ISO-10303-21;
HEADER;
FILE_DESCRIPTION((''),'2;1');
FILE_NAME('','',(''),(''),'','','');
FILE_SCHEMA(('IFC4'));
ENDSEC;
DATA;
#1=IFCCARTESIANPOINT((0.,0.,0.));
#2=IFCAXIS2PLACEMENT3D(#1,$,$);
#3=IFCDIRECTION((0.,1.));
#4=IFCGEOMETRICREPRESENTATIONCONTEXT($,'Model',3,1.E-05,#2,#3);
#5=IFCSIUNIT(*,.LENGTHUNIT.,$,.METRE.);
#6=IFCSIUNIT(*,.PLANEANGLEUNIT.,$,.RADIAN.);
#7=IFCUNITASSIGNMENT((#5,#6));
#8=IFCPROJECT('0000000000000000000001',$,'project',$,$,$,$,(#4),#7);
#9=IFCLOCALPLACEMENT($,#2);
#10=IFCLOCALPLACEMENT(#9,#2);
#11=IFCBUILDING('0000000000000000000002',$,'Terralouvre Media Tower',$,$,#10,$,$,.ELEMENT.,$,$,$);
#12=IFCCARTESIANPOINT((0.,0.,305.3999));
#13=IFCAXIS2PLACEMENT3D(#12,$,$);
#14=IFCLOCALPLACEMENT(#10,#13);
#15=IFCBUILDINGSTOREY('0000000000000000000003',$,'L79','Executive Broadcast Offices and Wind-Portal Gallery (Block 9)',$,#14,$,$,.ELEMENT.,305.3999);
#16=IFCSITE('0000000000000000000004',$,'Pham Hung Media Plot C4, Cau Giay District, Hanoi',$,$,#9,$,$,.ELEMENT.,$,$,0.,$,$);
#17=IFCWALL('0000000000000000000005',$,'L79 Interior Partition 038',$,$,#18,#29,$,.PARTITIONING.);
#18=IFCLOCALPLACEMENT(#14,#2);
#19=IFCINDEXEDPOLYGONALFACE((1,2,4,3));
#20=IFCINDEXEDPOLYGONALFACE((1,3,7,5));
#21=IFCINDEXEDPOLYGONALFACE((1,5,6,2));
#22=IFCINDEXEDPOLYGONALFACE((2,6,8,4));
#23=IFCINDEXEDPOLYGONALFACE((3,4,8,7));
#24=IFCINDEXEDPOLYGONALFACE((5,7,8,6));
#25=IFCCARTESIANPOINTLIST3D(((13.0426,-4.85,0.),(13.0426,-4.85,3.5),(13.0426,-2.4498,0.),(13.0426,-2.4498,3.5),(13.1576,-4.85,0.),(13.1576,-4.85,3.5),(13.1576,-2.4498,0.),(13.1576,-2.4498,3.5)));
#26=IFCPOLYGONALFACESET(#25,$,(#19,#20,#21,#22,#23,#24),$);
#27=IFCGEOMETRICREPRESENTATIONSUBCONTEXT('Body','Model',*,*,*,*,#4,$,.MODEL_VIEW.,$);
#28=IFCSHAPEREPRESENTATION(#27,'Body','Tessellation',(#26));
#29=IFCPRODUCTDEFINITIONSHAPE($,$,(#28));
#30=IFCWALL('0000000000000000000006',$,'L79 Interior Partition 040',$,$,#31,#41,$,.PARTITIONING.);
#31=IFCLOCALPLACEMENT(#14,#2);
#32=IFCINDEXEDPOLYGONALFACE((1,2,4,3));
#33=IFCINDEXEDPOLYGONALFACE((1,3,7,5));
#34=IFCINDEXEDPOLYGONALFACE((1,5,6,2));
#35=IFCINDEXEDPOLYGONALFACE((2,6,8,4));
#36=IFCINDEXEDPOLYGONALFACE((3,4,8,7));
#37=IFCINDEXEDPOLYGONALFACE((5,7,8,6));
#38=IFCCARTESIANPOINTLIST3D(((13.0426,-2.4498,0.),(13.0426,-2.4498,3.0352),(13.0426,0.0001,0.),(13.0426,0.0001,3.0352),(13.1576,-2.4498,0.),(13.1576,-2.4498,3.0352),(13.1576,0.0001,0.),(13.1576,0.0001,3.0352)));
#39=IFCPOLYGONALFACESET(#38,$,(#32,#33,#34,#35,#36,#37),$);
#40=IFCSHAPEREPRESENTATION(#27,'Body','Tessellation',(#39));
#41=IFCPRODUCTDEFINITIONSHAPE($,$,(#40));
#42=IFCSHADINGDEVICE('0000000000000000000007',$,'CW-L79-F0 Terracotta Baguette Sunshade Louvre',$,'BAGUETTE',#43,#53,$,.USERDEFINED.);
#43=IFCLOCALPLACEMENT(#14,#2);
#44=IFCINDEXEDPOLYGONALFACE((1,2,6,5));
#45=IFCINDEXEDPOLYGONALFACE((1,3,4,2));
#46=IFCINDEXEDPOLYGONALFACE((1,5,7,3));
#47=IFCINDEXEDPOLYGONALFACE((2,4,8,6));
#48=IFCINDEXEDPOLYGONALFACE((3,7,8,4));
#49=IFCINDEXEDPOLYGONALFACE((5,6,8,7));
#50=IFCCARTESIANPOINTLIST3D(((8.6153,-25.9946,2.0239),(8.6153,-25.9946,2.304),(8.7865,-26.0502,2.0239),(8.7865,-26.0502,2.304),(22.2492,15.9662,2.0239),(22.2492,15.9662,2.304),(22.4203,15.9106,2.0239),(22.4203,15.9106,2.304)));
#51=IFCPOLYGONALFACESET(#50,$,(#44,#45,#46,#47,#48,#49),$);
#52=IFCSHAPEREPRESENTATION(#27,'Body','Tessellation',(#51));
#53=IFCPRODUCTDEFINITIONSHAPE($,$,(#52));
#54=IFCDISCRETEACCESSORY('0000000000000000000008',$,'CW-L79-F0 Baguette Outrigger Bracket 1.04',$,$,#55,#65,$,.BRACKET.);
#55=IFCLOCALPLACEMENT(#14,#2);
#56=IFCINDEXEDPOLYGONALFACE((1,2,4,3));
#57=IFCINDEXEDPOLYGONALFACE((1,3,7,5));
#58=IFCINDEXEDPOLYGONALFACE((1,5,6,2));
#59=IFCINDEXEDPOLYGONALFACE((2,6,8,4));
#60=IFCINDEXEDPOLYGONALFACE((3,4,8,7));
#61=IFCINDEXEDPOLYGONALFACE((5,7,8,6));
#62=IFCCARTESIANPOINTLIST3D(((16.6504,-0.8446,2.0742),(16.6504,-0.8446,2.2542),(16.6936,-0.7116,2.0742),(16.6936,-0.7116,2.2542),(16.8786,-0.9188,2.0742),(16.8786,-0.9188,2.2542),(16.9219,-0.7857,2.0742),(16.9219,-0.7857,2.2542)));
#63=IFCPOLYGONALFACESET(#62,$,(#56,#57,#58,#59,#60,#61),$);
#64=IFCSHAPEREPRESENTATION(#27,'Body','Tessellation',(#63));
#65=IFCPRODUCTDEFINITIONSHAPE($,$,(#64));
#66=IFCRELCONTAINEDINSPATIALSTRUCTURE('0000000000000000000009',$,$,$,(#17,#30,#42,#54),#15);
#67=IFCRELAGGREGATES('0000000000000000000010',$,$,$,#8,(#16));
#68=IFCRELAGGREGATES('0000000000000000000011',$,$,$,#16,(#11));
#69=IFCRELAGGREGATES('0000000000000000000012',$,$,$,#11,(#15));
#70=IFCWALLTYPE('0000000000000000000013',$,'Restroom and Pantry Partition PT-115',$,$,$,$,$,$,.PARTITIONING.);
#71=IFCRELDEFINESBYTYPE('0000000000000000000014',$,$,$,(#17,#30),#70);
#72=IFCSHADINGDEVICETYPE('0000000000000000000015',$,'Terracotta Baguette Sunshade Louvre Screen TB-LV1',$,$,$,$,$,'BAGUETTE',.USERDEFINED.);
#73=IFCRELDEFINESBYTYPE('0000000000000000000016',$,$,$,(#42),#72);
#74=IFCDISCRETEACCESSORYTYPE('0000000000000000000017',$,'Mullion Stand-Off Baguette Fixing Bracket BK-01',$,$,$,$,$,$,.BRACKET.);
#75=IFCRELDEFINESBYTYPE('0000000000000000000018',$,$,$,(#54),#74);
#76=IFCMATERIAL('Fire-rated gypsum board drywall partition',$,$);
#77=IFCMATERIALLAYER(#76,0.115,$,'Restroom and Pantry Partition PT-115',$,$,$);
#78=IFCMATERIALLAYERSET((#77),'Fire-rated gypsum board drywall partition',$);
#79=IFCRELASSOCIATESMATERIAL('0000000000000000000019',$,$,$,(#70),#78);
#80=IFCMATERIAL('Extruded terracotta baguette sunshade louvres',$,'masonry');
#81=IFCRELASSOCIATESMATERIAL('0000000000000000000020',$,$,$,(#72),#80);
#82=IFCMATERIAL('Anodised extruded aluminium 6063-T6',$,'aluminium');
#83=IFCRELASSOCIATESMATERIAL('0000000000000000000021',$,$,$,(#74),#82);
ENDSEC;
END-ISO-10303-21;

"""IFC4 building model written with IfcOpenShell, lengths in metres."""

from ifc_helpers import new_model, si_unit, direction, frame, frame_2d, origin, origin_2d, place, context, subcontext, project, spatial, rectangle, extrude, material, layer, layer_set, type_object, element, save


model = new_model("IFC4")

# Units and contexts
model_context = context("Model", 3, precision=1e-05, world=origin(), true_north=direction((0.0, 1.0)))
body_context = subcontext(model_context, "Body", "Model", "MODEL_VIEW")
ifc_project = project(units=[si_unit("LENGTHUNIT", "METRE"), si_unit("PLANEANGLEUNIT", "RADIAN")], contexts=[model_context])

# Site, building, storey
site_placement = place(None, origin())
site = spatial("IfcSite", under=ifc_project, at=site_placement, Name="Pham Hung Media Plot C4, Cau Giay District, Hanoi", CompositionType="ELEMENT", RefElevation=0.0)
building_placement = place(site_placement, origin())
building = spatial("IfcBuilding", under=site, at=building_placement, Name="Terralouvre Media Tower", CompositionType="ELEMENT")
storey_placement = place(building_placement, frame((0.0, 0.0, 305.3999)))
storey = spatial("IfcBuildingStorey", under=building, at=storey_placement, Name="L79", Description="Executive Broadcast Offices and Wind-Portal Gallery (Block 9)", CompositionType="ELEMENT", Elevation=305.3999)

# Shared definitions
ifc_material_1 = material(Name="Fire-rated gypsum board drywall partition")
ifc_layer_1 = layer(ifc_material_1, 0.115, Name="Restroom and Pantry Partition PT-115")
ifc_layer_set_1 = layer_set([ifc_layer_1], Name="Fire-rated gypsum board drywall partition")
wall_type_1 = type_object("IfcWallType", Name="Restroom and Pantry Partition PT-115", PredefinedType="PARTITIONING", material=ifc_layer_set_1)

# Walls
wall_1_placement = place(storey_placement, frame((13.1001, -4.8501, 0.0), z_axis=(0.0, 0.0, 1.0), x_axis=(0.0, 1.0, 0.0)))
element("IfcWall", 1, at=wall_1_placement, inside=storey, type_object=wall_type_1, Name="L79 Interior Partition 038", PredefinedType="PARTITIONING", context=body_context, shape_type="SweptSolid", body=[
    extrude(rectangle(XDim=2.4001, YDim=0.115, at=frame_2d((1.2002, 0.0))), origin(), (0.0, 0.0, 1.0), 3.5),
])
wall_2_placement = place(storey_placement, frame((13.1001, -2.45, 0.0), z_axis=(0.0, 0.0, 1.0), x_axis=(0.0, 1.0, 0.0)))
element("IfcWall", 2, at=wall_2_placement, inside=storey, type_object=wall_type_1, Name="L79 Interior Partition 040", PredefinedType="PARTITIONING", context=body_context, shape_type="SweptSolid", body=[
    extrude(rectangle(XDim=2.45, YDim=0.115, at=frame_2d((1.2251, 0.0))), origin(), (0.0, 0.0, 1.0), 3.0352),
])

# Shading device
ifc_material_2 = material(Name="Extruded terracotta baguette sunshade louvres", Category="masonry")
shading_device_type = type_object("IfcShadingDeviceType", Name="Terracotta Baguette Sunshade Louvre Screen TB-LV1", ElementType="BAGUETTE", PredefinedType="USERDEFINED", material=ifc_material_2)
shading_device_placement = place(storey_placement, frame((15.5178, -5.042, 2.0239), z_axis=(0.0, 0.0, 1.0), x_axis=(0.309017, 0.951057, 0.0)))
element("IfcShadingDevice", 3, at=shading_device_placement, inside=storey, type_object=shading_device_type, Name="CW-L79-F0 Terracotta Baguette Sunshade Louvre", ObjectType="BAGUETTE", PredefinedType="USERDEFINED", context=body_context, shape_type="SweptSolid", body=[
    extrude(rectangle(XDim=44.1201, YDim=0.1799, at=origin_2d()), origin(), (0.0, 0.0, 1.0), 0.28),
])

# Discrete accessory
ifc_material_3 = material(Name="Anodised extruded aluminium 6063-T6", Category="aluminium")
discrete_accessory_type = type_object("IfcDiscreteAccessoryType", Name="Mullion Stand-Off Baguette Fixing Bracket BK-01", PredefinedType="BRACKET", material=ifc_material_3)
discrete_accessory_placement = place(storey_placement, frame((16.7861, -0.8152, 2.0742), z_axis=(0.0, 0.0, 1.0), x_axis=(0.309017, 0.951057, 0.0)))
element("IfcDiscreteAccessory", 4, at=discrete_accessory_placement, inside=storey, type_object=discrete_accessory_type, Name="CW-L79-F0 Baguette Outrigger Bracket 1.04", PredefinedType="BRACKET", context=body_context, shape_type="SweptSolid", body=[
    extrude(rectangle(XDim=0.1399, YDim=0.24, at=origin_2d()), origin(), (0.0, 0.0, 1.0), 0.1799),
])

save(model, "model.ifc")
